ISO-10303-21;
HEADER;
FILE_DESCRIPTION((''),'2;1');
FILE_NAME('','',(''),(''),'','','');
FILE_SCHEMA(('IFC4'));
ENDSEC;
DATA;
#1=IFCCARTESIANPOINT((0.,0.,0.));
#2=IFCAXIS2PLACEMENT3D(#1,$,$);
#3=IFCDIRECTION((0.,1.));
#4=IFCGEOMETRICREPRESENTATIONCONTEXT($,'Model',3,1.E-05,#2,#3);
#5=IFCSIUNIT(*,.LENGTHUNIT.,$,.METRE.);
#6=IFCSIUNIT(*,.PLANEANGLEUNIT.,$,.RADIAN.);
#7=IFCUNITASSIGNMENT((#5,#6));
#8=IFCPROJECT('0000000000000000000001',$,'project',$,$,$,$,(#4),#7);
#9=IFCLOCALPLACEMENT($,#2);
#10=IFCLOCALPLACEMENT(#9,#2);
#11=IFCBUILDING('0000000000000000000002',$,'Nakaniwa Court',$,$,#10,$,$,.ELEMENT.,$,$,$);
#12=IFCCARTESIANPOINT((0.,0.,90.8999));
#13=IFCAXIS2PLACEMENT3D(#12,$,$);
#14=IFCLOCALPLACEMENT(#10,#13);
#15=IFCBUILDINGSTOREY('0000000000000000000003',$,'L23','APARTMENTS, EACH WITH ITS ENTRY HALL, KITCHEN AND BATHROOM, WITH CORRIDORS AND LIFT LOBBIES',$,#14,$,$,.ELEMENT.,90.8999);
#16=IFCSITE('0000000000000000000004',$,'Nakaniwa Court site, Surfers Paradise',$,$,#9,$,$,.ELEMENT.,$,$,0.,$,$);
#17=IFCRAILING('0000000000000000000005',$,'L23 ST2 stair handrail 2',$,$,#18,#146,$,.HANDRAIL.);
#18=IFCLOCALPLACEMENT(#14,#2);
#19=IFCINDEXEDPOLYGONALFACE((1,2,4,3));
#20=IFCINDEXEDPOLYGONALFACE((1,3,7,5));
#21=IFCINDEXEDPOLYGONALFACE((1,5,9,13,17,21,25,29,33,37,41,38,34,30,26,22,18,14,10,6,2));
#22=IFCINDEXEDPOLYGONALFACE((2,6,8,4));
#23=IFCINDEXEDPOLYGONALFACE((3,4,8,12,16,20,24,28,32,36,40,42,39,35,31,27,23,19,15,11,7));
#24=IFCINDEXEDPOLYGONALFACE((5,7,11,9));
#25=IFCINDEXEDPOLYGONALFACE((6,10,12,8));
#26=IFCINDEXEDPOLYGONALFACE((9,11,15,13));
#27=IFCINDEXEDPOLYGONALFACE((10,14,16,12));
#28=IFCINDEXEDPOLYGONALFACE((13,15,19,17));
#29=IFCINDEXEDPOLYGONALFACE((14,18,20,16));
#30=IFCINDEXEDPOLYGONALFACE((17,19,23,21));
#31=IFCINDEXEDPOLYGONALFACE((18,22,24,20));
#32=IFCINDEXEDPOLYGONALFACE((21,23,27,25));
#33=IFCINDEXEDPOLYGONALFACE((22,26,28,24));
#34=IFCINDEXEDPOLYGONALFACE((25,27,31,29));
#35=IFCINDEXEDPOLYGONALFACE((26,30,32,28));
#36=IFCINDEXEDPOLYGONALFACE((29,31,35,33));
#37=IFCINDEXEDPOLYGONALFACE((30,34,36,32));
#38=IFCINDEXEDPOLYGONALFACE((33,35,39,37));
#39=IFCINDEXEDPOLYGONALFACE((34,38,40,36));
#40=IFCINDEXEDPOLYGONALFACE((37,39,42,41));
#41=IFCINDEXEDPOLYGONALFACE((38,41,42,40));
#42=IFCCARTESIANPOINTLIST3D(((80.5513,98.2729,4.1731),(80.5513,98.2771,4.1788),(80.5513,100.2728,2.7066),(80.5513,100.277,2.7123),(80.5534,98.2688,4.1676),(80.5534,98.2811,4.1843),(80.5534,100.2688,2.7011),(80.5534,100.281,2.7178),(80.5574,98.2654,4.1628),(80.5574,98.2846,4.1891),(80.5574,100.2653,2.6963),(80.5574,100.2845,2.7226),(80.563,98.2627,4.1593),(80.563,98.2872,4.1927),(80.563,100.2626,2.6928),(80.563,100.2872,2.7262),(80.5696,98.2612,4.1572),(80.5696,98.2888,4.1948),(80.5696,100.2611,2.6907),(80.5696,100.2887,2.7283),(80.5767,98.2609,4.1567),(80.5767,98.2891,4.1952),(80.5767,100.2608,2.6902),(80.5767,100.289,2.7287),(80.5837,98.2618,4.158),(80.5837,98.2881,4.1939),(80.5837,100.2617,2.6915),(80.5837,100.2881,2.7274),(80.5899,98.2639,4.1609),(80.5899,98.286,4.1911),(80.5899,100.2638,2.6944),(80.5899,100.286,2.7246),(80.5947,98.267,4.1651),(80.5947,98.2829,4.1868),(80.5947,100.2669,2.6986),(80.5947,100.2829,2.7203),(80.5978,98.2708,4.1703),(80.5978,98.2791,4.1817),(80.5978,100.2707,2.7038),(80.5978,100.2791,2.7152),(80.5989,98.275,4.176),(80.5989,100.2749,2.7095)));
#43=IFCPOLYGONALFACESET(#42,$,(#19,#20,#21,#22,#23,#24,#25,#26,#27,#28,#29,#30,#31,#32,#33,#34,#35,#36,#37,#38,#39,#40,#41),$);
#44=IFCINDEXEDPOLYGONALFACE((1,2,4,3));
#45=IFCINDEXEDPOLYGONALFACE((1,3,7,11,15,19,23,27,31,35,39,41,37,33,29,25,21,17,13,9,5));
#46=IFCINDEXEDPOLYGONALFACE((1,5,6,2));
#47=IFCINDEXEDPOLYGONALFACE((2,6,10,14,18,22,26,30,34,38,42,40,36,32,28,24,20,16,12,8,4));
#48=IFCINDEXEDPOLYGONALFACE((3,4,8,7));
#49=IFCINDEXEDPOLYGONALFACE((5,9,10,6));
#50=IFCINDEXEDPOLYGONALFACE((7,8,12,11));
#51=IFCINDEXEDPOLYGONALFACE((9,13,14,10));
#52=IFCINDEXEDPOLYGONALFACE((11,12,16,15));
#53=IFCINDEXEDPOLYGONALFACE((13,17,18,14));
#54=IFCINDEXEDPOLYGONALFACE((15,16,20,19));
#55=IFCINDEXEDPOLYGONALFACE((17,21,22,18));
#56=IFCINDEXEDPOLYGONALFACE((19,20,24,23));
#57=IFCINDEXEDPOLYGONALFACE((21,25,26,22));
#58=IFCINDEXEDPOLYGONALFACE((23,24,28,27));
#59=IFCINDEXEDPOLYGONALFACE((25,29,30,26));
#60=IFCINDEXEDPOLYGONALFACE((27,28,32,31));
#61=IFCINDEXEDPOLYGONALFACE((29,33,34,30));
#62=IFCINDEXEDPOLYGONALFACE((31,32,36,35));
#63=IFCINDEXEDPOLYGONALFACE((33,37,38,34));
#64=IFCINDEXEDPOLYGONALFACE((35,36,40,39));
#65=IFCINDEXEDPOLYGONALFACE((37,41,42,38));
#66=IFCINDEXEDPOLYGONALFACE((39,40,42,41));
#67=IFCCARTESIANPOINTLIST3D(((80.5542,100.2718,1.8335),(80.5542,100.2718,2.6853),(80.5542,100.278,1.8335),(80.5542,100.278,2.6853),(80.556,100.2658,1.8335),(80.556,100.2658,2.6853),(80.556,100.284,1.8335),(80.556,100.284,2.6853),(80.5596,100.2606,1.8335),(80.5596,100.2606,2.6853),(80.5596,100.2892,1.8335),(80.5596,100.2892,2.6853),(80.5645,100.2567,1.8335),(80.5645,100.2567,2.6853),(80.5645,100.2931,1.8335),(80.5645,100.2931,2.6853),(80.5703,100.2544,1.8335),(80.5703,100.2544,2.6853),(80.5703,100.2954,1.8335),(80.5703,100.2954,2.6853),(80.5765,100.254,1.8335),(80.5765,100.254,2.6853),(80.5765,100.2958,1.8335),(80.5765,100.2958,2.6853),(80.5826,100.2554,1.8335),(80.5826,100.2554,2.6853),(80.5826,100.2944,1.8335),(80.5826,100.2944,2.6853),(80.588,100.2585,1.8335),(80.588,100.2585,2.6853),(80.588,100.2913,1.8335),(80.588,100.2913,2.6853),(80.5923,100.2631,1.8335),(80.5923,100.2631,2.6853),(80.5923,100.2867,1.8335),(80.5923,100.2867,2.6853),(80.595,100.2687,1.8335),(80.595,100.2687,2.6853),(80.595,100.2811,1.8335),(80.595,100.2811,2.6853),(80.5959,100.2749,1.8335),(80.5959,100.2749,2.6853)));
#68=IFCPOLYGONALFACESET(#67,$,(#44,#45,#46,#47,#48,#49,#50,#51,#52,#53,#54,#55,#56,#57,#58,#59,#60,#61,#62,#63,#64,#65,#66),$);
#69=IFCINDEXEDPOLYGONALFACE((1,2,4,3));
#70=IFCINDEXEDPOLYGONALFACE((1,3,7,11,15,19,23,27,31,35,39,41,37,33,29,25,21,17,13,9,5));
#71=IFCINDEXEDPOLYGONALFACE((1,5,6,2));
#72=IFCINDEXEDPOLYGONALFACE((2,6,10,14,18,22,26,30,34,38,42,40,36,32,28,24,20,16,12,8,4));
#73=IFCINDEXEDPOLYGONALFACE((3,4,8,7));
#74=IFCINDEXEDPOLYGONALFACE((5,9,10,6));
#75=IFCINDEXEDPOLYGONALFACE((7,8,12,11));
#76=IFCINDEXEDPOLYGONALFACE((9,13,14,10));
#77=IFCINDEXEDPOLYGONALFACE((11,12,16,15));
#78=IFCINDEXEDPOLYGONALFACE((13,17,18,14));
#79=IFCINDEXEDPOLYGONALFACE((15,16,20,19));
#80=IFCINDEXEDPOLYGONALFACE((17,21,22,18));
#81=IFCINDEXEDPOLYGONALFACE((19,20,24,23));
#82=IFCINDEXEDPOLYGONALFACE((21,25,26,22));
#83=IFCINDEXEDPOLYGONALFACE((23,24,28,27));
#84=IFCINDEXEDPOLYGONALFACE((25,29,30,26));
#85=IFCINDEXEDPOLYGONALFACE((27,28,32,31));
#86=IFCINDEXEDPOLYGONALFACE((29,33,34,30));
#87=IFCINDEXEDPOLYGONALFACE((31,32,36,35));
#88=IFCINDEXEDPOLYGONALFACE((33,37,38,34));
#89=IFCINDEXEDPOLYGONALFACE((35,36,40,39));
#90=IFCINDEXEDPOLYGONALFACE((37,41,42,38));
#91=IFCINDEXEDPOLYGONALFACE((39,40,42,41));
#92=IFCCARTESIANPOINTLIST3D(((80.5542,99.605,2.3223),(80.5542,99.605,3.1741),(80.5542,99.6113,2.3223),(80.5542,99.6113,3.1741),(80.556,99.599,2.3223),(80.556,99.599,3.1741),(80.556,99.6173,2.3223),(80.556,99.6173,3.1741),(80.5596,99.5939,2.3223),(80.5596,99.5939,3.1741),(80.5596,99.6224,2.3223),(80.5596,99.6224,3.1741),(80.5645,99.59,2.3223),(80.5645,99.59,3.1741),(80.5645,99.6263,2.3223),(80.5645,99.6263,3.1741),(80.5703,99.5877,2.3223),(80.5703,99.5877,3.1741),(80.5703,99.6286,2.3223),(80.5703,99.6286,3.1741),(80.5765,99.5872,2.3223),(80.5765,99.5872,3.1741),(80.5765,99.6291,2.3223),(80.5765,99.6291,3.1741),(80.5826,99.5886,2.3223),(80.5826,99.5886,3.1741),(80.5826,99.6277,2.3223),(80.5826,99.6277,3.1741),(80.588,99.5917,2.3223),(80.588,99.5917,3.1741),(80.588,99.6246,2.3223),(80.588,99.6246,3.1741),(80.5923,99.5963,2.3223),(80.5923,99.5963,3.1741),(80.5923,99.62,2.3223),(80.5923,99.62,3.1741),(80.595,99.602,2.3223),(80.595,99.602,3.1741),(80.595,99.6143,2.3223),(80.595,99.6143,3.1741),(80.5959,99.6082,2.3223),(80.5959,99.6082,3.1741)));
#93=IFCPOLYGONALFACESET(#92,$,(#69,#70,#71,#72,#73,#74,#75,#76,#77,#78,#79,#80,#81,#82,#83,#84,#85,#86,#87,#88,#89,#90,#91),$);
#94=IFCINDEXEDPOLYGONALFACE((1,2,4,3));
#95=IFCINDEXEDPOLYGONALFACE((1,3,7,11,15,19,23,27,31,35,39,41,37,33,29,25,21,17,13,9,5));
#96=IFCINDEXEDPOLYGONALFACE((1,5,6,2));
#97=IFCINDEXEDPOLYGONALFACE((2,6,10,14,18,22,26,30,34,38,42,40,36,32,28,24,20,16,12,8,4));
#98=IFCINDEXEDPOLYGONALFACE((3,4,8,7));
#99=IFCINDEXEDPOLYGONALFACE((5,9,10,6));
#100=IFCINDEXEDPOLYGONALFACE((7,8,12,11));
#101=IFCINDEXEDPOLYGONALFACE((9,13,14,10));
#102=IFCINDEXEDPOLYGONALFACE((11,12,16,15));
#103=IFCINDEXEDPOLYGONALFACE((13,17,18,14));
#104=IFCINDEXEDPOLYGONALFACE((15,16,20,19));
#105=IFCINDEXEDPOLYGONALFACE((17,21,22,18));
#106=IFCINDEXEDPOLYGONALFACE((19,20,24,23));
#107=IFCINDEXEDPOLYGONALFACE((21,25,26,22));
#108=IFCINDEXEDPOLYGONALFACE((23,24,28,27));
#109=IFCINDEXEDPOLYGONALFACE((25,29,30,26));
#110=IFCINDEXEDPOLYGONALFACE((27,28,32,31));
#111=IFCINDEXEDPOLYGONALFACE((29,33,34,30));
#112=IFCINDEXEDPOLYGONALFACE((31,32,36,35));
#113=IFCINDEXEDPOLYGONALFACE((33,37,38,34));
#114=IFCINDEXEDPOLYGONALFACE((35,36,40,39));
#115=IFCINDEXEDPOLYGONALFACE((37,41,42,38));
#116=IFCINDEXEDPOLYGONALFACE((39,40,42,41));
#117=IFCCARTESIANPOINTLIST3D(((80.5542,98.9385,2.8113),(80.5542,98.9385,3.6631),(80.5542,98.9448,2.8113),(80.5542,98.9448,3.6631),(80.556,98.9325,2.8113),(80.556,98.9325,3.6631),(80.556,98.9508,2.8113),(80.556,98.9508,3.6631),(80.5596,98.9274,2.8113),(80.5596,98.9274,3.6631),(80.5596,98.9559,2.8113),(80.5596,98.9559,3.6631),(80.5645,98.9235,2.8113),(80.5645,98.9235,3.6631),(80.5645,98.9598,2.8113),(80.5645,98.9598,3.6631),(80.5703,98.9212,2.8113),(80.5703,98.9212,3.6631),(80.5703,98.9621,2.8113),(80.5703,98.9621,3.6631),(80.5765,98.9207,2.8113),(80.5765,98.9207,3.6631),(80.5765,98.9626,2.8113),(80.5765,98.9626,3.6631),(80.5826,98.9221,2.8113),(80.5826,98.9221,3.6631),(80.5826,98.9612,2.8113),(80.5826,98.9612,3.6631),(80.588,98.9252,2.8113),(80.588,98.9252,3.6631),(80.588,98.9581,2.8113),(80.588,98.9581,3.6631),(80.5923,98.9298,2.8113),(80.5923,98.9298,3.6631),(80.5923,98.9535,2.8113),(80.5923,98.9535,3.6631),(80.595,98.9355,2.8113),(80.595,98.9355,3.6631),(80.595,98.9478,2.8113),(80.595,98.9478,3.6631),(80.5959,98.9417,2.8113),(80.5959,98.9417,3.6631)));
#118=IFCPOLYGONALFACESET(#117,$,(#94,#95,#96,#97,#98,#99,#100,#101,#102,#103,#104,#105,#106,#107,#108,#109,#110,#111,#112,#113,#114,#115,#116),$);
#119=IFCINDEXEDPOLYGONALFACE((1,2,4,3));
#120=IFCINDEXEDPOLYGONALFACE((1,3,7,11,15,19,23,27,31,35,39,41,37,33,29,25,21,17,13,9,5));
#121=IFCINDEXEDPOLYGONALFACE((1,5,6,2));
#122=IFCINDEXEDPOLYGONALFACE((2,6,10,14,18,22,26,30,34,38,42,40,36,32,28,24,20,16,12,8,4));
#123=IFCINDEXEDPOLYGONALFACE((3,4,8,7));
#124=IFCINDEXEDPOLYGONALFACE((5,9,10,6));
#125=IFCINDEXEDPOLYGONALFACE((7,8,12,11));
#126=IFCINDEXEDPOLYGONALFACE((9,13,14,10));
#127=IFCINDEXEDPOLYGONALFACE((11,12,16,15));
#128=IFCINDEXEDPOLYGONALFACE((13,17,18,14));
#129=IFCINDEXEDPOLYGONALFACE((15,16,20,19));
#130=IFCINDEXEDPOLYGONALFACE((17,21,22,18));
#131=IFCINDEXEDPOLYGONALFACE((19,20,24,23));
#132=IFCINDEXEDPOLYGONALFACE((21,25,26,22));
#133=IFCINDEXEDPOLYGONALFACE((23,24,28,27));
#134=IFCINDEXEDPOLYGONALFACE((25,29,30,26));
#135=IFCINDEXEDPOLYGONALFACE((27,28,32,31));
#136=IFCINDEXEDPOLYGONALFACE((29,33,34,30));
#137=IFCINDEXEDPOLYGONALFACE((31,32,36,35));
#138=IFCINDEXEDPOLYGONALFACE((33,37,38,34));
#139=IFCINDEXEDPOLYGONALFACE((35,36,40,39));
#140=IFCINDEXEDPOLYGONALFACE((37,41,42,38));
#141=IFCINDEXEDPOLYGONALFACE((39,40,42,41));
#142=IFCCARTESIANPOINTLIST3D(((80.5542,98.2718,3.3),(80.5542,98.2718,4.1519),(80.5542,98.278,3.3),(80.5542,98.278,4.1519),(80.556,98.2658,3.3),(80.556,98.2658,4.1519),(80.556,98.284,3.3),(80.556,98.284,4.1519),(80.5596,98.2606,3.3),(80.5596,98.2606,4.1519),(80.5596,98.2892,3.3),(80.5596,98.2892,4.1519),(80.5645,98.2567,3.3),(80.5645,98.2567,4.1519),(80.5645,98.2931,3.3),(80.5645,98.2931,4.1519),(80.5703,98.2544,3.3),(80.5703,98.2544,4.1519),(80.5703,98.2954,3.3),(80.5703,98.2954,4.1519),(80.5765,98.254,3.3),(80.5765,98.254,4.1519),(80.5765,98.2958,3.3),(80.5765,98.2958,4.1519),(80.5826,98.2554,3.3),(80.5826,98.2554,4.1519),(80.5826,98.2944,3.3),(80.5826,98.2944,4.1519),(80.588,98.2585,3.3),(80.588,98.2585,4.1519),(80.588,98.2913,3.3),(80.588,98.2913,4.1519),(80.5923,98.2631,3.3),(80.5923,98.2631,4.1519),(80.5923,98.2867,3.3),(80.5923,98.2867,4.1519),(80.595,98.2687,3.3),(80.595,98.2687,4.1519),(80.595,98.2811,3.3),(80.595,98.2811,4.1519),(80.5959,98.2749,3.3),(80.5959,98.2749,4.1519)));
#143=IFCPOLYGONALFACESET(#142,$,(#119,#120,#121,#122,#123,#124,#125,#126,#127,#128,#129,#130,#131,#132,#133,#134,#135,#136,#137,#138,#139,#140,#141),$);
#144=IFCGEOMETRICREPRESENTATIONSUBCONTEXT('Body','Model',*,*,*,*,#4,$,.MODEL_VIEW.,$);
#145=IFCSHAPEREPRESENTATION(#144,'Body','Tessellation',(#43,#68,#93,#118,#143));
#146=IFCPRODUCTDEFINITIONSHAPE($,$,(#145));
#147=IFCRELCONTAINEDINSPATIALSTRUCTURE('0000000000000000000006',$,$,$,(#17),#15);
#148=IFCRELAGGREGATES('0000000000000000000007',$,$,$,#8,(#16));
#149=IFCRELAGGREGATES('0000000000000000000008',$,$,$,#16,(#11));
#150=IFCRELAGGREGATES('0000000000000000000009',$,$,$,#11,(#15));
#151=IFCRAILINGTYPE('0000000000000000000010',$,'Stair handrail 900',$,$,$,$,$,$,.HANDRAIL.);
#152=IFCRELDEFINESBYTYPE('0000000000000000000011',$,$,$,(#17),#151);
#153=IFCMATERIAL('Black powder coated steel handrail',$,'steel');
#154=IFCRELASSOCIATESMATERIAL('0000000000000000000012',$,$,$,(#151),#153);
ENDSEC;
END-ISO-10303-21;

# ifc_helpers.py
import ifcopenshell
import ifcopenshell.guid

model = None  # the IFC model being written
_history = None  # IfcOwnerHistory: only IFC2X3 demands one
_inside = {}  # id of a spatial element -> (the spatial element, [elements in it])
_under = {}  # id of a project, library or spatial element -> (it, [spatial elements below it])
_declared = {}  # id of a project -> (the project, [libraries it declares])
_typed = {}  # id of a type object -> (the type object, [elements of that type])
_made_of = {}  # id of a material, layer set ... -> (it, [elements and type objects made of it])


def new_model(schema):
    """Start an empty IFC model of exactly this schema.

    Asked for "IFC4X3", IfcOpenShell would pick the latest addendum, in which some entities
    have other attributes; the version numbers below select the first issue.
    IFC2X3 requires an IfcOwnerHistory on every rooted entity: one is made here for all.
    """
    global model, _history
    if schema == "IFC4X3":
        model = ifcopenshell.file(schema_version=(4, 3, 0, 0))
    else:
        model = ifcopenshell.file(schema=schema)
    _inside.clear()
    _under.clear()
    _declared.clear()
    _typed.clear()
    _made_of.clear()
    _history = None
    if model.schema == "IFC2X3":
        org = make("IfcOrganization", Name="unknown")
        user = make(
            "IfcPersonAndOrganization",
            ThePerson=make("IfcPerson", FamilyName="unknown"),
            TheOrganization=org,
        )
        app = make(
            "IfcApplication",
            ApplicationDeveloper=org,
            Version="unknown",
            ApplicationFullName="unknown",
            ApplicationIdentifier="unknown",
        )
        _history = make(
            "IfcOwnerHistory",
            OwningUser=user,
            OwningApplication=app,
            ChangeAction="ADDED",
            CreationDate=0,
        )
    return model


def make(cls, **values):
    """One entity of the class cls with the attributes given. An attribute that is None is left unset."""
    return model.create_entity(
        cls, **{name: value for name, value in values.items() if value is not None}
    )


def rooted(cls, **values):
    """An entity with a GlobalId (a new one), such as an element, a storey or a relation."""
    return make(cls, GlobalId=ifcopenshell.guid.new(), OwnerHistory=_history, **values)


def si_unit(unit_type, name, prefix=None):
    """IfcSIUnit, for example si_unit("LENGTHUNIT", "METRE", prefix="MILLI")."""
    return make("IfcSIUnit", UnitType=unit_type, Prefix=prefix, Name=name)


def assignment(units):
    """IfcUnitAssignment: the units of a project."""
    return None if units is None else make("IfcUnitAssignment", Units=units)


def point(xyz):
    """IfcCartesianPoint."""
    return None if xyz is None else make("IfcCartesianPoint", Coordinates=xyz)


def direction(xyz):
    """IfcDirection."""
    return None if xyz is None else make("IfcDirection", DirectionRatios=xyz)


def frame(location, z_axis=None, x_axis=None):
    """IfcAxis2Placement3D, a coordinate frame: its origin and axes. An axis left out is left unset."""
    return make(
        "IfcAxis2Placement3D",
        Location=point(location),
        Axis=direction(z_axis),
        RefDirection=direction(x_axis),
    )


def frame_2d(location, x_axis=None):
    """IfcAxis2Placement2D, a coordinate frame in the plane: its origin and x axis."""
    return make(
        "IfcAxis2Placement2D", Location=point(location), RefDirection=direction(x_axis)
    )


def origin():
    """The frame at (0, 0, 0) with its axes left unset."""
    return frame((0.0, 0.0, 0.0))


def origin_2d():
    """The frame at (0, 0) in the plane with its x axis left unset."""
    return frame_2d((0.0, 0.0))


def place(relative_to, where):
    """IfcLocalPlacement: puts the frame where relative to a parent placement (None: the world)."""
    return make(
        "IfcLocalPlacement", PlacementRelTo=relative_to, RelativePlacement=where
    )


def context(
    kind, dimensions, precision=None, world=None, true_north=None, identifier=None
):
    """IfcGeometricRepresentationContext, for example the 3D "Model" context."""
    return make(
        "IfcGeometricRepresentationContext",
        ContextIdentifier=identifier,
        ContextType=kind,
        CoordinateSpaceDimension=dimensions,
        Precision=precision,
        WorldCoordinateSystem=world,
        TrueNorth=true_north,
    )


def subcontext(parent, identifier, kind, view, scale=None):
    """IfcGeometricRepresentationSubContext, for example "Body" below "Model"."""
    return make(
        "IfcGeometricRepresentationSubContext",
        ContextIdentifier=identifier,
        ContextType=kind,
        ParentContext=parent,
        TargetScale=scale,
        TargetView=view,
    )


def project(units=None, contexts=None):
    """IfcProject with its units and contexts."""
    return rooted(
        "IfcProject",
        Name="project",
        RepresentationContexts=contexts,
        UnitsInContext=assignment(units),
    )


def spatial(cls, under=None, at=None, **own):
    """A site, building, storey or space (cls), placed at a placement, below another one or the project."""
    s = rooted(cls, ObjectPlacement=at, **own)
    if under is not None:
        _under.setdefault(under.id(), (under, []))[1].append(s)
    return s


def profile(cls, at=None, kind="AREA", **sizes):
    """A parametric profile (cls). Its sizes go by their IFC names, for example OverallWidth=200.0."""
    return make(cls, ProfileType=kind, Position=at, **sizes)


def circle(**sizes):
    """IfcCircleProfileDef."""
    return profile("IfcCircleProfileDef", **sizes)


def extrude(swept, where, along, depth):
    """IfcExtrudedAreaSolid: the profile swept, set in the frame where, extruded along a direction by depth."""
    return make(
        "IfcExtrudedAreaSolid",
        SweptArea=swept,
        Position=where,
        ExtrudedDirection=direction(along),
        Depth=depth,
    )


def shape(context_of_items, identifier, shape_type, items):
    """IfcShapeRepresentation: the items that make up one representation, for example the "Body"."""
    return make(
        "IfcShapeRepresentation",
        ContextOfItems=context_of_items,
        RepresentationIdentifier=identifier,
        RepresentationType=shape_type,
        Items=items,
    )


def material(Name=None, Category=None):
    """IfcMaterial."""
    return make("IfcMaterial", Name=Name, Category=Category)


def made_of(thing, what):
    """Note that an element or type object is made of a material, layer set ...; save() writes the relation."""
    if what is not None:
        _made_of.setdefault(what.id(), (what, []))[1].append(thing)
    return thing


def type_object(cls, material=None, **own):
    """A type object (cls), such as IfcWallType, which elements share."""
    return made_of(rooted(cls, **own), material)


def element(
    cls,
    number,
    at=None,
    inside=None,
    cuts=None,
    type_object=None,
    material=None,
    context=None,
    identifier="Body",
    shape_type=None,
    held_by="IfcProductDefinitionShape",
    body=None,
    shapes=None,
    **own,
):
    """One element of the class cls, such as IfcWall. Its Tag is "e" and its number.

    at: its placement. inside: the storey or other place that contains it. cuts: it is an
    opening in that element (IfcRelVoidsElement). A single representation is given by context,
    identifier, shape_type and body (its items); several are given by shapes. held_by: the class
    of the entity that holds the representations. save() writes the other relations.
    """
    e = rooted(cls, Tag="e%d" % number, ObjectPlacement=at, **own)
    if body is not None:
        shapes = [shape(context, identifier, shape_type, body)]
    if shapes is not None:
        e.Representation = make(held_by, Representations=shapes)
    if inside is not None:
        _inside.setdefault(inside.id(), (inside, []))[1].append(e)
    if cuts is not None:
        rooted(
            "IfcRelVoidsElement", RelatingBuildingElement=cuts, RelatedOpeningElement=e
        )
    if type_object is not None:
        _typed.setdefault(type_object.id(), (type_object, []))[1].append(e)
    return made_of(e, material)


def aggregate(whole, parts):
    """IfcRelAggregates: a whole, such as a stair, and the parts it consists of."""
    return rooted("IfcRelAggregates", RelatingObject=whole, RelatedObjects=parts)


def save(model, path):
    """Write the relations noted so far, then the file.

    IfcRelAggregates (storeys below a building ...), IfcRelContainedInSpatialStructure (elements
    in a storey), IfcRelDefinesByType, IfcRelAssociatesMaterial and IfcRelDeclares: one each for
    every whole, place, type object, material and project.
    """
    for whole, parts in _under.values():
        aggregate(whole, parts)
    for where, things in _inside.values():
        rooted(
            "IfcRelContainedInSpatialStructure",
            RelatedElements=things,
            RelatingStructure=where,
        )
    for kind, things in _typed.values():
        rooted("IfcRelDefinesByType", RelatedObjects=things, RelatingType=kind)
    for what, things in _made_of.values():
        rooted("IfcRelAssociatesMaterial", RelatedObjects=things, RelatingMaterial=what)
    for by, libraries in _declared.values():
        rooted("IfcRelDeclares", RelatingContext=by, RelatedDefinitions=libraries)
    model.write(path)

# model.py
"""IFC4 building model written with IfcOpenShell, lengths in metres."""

from ifc_helpers import new_model, si_unit, direction, frame, origin, origin_2d, place, context, subcontext, project, spatial, circle, extrude, material, type_object, element, save


model = new_model("IFC4")

# Units and contexts
model_context = context("Model", 3, precision=1e-05, world=origin(), true_north=direction((0.0, 1.0)))
body_context = subcontext(model_context, "Body", "Model", "MODEL_VIEW")
ifc_project = project(units=[si_unit("LENGTHUNIT", "METRE"), si_unit("PLANEANGLEUNIT", "RADIAN")], contexts=[model_context])

# Site, building, storey
site_placement = place(None, origin())
site = spatial("IfcSite", under=ifc_project, at=site_placement, Name="Nakaniwa Court site, Surfers Paradise", CompositionType="ELEMENT", RefElevation=0.0)
building_placement = place(site_placement, origin())
building = spatial("IfcBuilding", under=site, at=building_placement, Name="Nakaniwa Court", CompositionType="ELEMENT")
storey_placement = place(building_placement, frame((0.0, 0.0, 90.8999)))
storey = spatial("IfcBuildingStorey", under=building, at=storey_placement, Name="L23", Description="APARTMENTS, EACH WITH ITS ENTRY HALL, KITCHEN AND BATHROOM, WITH CORRIDORS AND LIFT LOBBIES", CompositionType="ELEMENT", Elevation=90.8999)

# Railing
ifc_material_1 = material(Name="Black powder coated steel handrail", Category="steel")
railing_type_1 = type_object("IfcRailingType", Name="Stair handrail 900", PredefinedType="HANDRAIL", material=ifc_material_1)
railing_1_placement = place(storey_placement, frame((80.575, 100.2749, 1.8335)))
element("IfcRailing", 1, at=railing_1_placement, inside=storey, type_object=railing_type_1, Name="L23 ST2 stair handrail 2", PredefinedType="HANDRAIL", context=body_context, shape_type="SweptSolid", body=[
    extrude(circle(Radius=0.0239, at=origin_2d()), frame((0.0, 0.0, 0.876), z_axis=(0.0, -0.806427, 0.591334), x_axis=(1.0, 0.0, 0.0)), (0.0, 0.0, 1.0), 2.48),
    extrude(circle(Radius=0.021, at=origin_2d()), origin(), (0.0, 0.0, 1.0), 0.8518),
    extrude(circle(Radius=0.021, at=origin_2d()), frame((0.0, -0.6667, 0.4888)), (0.0, 0.0, 1.0), 0.8518),
    extrude(circle(Radius=0.021, at=origin_2d()), frame((0.0, -1.3333, 0.9778)), (0.0, 0.0, 1.0), 0.8518),
    extrude(circle(Radius=0.021, at=origin_2d()), frame((0.0, -2.0, 1.4666)), (0.0, 0.0, 1.0), 0.8518),
])

save(model, "model.ifc")
